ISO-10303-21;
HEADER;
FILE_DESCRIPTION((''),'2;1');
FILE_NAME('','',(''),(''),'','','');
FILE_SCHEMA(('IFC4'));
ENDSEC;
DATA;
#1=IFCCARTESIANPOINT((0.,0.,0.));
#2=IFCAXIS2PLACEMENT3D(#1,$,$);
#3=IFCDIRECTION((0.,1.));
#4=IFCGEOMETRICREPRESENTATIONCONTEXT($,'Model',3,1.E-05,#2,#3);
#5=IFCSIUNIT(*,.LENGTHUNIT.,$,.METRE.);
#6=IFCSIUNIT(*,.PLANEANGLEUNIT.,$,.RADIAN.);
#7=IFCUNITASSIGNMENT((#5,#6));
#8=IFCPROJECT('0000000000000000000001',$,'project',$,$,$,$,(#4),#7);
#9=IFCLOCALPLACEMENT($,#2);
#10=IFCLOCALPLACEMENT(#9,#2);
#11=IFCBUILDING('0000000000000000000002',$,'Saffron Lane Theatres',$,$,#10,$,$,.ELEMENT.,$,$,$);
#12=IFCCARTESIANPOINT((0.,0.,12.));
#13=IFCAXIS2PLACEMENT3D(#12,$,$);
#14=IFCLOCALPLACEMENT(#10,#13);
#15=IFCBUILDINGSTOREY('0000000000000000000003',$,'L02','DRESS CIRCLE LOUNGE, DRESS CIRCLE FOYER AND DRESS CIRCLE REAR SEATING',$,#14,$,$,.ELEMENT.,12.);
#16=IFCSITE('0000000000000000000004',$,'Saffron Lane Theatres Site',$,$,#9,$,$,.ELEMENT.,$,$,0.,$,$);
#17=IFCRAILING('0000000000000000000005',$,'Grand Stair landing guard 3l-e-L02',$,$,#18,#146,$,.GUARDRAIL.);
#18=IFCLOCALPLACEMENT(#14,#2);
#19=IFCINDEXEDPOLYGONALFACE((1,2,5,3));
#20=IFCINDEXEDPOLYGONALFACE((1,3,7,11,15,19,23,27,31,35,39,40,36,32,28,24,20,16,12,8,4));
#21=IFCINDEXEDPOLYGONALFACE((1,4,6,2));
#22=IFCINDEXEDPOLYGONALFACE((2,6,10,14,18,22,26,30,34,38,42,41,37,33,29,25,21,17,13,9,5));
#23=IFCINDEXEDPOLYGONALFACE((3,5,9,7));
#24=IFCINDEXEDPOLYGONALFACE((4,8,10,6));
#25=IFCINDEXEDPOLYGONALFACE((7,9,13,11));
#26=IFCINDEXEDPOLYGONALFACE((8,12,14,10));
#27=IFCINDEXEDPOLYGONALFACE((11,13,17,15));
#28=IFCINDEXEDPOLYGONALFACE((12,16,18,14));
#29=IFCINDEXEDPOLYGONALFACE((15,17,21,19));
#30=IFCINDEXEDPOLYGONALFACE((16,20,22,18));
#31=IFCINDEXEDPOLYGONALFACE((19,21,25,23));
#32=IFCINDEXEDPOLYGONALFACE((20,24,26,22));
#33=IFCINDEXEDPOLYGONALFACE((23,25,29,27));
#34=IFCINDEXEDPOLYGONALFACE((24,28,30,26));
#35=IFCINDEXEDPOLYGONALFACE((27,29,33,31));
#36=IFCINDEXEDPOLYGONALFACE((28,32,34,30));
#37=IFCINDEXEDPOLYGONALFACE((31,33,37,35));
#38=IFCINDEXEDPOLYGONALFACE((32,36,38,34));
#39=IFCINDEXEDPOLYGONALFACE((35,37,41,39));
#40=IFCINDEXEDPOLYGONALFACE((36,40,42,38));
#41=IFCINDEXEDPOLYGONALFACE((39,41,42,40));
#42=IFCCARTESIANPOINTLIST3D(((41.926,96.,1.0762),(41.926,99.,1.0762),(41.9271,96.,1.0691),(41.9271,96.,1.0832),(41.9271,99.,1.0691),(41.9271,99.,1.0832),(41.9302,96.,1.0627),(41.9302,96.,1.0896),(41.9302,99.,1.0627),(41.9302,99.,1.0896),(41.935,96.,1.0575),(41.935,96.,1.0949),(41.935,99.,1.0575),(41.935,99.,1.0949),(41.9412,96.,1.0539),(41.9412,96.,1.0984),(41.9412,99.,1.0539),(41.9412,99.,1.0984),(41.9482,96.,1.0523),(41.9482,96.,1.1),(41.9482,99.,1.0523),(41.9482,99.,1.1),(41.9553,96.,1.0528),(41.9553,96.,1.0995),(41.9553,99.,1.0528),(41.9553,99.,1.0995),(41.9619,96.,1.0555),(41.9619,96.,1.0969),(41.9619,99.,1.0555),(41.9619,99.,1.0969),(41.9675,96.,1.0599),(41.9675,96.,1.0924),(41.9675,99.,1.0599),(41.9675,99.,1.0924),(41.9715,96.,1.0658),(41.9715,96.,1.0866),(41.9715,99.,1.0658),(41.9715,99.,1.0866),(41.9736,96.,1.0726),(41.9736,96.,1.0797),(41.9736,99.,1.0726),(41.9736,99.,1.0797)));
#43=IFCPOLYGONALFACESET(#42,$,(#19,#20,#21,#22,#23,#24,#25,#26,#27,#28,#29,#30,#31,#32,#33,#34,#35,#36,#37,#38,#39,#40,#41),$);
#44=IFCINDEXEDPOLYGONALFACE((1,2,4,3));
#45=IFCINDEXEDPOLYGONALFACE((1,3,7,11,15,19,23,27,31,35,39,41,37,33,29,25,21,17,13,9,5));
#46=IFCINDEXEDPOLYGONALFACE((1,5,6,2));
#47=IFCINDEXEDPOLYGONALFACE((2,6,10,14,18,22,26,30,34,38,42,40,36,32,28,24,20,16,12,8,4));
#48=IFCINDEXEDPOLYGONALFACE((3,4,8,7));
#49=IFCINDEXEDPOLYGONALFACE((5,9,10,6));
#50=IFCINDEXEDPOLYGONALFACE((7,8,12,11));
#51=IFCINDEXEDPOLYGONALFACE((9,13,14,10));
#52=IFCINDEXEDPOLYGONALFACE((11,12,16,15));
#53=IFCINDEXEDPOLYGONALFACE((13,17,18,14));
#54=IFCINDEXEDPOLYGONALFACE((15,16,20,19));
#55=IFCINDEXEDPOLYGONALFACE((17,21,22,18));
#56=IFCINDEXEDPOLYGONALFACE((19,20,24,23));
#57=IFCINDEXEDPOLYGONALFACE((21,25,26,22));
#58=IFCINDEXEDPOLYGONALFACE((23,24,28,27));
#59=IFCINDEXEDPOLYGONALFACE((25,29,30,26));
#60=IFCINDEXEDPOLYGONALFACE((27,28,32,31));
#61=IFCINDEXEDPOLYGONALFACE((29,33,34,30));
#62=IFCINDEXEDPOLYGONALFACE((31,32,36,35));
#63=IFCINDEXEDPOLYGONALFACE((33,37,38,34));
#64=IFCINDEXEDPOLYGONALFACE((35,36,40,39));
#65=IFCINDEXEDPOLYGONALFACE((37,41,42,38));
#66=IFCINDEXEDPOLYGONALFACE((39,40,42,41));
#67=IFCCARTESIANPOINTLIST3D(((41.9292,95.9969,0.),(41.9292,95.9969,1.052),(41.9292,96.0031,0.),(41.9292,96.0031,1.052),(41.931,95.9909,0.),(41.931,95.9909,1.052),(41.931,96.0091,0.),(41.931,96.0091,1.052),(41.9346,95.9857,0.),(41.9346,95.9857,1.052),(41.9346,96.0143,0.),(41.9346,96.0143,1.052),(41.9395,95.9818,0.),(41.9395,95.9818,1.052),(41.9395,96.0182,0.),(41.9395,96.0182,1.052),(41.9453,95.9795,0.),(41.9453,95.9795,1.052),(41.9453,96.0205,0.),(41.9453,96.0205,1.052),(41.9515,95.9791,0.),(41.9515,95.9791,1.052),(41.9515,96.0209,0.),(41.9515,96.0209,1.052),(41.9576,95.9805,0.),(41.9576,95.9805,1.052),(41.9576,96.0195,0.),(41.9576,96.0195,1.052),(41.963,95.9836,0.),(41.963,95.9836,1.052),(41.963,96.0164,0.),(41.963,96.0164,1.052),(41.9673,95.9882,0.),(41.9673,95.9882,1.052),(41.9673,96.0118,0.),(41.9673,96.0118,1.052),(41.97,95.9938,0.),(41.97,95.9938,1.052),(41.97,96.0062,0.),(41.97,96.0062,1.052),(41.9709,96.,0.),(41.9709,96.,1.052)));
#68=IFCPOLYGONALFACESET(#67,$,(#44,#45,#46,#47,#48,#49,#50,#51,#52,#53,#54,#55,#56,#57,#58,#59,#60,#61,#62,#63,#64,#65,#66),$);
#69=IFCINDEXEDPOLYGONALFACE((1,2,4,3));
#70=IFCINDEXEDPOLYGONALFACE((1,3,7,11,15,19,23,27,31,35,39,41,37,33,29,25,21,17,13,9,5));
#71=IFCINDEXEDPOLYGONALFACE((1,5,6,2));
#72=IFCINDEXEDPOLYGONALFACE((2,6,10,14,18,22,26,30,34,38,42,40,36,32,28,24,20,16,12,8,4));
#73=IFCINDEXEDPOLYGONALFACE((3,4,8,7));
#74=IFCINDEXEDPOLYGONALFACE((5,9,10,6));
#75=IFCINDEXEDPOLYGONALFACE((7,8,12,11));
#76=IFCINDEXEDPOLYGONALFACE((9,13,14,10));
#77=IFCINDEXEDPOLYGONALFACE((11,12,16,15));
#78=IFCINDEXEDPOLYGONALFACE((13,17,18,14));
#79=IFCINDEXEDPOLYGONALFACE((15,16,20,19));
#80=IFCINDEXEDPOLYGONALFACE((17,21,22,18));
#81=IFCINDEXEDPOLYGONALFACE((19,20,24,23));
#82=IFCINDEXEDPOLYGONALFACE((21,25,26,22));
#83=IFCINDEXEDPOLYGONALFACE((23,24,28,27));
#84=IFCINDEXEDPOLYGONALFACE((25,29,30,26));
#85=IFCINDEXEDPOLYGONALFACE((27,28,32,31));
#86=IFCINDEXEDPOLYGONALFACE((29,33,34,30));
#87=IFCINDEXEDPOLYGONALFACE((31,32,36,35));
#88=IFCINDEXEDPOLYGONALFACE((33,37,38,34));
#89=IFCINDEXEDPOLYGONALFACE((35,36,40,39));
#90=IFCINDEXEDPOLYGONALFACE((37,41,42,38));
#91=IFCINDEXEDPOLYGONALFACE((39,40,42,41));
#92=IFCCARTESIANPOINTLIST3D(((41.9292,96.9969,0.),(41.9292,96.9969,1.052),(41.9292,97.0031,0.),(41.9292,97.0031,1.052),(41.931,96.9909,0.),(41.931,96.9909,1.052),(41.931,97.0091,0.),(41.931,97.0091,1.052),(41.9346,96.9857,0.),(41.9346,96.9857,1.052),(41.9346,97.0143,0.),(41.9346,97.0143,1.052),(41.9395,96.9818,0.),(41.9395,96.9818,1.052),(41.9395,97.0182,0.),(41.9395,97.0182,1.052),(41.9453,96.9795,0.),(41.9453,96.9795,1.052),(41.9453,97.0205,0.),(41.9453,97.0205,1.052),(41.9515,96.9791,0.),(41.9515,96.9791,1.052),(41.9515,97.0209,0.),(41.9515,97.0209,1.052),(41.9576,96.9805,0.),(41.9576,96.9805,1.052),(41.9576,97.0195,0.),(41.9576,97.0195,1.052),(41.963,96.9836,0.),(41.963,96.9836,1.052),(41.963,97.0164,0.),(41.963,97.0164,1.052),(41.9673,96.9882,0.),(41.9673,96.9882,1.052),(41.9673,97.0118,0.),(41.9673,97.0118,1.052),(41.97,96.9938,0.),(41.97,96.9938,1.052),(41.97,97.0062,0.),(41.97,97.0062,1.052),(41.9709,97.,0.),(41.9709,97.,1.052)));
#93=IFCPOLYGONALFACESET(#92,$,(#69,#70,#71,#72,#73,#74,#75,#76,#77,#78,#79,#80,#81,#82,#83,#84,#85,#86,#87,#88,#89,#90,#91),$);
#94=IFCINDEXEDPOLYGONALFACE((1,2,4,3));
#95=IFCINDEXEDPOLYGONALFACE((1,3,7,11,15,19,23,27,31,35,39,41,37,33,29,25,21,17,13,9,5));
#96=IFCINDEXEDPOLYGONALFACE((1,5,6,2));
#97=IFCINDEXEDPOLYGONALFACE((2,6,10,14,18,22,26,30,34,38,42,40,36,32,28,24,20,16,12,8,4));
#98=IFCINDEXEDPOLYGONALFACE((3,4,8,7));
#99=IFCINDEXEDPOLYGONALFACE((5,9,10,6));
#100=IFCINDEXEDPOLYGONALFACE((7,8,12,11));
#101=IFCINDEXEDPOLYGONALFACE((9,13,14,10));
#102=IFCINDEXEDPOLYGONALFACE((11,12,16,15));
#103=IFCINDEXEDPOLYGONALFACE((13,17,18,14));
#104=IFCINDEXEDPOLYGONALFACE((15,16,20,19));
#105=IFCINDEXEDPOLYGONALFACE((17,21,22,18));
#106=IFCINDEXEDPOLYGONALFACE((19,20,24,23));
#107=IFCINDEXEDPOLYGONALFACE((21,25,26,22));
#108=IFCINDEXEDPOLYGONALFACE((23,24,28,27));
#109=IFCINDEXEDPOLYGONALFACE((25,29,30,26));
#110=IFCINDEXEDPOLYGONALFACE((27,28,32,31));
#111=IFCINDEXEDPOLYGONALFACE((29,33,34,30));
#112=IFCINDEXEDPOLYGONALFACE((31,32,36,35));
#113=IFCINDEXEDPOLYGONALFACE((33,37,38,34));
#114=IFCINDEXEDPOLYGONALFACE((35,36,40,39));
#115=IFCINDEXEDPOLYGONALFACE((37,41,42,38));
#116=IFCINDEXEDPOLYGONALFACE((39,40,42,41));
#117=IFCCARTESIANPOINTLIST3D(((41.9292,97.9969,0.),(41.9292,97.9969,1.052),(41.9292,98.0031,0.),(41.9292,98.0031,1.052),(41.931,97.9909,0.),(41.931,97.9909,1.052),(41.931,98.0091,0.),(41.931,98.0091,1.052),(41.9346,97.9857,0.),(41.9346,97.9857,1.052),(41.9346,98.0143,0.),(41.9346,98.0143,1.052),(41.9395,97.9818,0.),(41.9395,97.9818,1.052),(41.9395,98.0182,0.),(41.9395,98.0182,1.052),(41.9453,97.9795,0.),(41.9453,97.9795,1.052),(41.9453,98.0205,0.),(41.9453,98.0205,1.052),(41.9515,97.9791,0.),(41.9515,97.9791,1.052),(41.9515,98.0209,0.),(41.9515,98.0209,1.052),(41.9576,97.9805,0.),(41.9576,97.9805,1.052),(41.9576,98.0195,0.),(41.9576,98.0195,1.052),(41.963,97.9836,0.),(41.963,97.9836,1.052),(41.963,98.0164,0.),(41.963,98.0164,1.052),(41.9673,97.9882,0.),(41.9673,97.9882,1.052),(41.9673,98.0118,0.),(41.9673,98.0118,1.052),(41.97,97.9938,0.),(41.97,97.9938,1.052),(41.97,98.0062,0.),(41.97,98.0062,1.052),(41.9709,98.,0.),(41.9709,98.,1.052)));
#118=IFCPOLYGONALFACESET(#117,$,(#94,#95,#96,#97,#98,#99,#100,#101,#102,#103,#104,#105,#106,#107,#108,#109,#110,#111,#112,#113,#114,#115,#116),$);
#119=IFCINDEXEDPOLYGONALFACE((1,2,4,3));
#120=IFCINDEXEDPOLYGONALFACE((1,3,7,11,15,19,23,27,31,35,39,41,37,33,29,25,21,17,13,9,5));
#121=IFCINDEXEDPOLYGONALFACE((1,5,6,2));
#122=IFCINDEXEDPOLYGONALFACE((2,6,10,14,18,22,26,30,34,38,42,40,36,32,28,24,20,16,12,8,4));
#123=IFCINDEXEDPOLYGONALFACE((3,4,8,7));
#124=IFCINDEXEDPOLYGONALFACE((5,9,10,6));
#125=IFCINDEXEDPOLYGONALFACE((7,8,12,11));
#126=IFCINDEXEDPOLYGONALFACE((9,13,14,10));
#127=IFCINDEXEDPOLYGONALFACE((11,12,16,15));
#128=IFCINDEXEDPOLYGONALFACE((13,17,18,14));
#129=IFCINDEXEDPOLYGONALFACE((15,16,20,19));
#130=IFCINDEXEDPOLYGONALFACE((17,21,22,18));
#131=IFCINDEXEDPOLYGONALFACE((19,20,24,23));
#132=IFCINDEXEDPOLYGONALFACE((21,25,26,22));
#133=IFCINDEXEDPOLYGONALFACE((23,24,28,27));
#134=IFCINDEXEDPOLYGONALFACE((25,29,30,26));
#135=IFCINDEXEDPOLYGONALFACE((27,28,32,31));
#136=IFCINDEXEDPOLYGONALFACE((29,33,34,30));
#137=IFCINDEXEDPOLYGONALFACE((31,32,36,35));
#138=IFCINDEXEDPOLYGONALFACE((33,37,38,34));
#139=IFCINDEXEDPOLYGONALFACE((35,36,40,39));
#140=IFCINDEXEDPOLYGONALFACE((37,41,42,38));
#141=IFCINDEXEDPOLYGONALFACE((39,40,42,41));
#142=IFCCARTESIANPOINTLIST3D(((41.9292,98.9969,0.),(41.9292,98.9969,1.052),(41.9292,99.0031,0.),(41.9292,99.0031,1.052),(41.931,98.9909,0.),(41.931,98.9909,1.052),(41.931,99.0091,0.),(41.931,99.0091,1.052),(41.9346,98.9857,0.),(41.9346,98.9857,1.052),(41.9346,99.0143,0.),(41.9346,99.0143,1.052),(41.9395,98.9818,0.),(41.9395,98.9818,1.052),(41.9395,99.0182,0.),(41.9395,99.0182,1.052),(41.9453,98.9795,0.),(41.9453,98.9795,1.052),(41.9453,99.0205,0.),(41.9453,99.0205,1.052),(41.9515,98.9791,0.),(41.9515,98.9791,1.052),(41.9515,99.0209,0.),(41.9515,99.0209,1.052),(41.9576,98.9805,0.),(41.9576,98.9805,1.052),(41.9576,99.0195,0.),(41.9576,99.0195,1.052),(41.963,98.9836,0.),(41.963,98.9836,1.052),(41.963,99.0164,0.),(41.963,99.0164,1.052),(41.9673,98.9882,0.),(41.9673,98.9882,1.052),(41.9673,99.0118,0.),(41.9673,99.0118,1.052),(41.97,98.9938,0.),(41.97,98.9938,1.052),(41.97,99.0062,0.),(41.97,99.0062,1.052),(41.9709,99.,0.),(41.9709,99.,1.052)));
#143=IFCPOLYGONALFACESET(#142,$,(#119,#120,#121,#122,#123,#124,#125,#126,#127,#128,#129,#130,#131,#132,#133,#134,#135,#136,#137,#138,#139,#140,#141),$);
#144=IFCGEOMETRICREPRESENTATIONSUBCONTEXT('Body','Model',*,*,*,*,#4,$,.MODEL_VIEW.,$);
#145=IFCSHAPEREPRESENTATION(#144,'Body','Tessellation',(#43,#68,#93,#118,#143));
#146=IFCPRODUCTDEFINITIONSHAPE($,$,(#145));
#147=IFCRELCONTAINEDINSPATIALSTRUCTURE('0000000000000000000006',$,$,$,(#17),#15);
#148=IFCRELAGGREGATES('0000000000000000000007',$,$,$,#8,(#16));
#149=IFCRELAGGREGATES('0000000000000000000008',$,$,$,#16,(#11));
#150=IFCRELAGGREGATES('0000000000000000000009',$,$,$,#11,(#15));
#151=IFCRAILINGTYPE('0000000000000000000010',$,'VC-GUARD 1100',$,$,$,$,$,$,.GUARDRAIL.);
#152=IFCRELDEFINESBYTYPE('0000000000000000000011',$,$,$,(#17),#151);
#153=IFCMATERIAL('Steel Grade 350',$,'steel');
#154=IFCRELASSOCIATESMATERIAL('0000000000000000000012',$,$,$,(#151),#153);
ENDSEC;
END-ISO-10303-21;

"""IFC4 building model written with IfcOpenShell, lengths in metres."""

from ifc_helpers import new_model, si_unit, direction, frame, origin, origin_2d, place, context, subcontext, project, spatial, circle, extrude, material, type_object, element, save


model = new_model("IFC4")

# Units and contexts
model_context = context("Model", 3, precision=1e-05, world=origin(), true_north=direction((0.0, 1.0)))
body_context = subcontext(model_context, "Body", "Model", "MODEL_VIEW")
ifc_project = project(units=[si_unit("LENGTHUNIT", "METRE"), si_unit("PLANEANGLEUNIT", "RADIAN")], contexts=[model_context])

# Site, building, storey
site_placement = place(None, origin())
site = spatial("IfcSite", under=ifc_project, at=site_placement, Name="Saffron Lane Theatres Site", CompositionType="ELEMENT", RefElevation=0.0)
building_placement = place(site_placement, origin())
building = spatial("IfcBuilding", under=site, at=building_placement, Name="Saffron Lane Theatres", CompositionType="ELEMENT")
storey_placement = place(building_placement, frame((0.0, 0.0, 12.0)))
storey = spatial("IfcBuildingStorey", under=building, at=storey_placement, Name="L02", Description="DRESS CIRCLE LOUNGE, DRESS CIRCLE FOYER AND DRESS CIRCLE REAR SEATING", CompositionType="ELEMENT", Elevation=12.0)

# Railing
ifc_material_1 = material(Name="Steel Grade 350", Category="steel")
railing_type_1 = type_object("IfcRailingType", Name="VC-GUARD 1100", PredefinedType="GUARDRAIL", material=ifc_material_1)
for number, where, name in (
    (1, (41.95, 96.0, 0.0), "Grand Stair landing guard 3l-e-L02"),
):
    element("IfcRailing", number, at=place(storey_placement, frame(where)), inside=storey, type_object=railing_type_1, Name=name, PredefinedType="GUARDRAIL", context=body_context, shape_type="SweptSolid", body=[
        extrude(circle(Radius=0.0239, at=origin_2d()), frame((0.0, 0.0, 1.0762), z_axis=(0.0, 1.0, 0.0), x_axis=(-1.0, 0.0, 0.0)), (0.0, 0.0, 1.0), 3.0),
        extrude(circle(Radius=0.021, at=origin_2d()), origin(), (0.0, 0.0, 1.0), 1.052),
        extrude(circle(Radius=0.021, at=origin_2d()), frame((0.0, 1.0, 0.0)), (0.0, 0.0, 1.0), 1.052),
        extrude(circle(Radius=0.021, at=origin_2d()), frame((0.0, 2.0, 0.0)), (0.0, 0.0, 1.0), 1.052),
        extrude(circle(Radius=0.021, at=origin_2d()), frame((0.0, 3.0, 0.0)), (0.0, 0.0, 1.0), 1.052),
    ])

save(model, "model.ifc")
